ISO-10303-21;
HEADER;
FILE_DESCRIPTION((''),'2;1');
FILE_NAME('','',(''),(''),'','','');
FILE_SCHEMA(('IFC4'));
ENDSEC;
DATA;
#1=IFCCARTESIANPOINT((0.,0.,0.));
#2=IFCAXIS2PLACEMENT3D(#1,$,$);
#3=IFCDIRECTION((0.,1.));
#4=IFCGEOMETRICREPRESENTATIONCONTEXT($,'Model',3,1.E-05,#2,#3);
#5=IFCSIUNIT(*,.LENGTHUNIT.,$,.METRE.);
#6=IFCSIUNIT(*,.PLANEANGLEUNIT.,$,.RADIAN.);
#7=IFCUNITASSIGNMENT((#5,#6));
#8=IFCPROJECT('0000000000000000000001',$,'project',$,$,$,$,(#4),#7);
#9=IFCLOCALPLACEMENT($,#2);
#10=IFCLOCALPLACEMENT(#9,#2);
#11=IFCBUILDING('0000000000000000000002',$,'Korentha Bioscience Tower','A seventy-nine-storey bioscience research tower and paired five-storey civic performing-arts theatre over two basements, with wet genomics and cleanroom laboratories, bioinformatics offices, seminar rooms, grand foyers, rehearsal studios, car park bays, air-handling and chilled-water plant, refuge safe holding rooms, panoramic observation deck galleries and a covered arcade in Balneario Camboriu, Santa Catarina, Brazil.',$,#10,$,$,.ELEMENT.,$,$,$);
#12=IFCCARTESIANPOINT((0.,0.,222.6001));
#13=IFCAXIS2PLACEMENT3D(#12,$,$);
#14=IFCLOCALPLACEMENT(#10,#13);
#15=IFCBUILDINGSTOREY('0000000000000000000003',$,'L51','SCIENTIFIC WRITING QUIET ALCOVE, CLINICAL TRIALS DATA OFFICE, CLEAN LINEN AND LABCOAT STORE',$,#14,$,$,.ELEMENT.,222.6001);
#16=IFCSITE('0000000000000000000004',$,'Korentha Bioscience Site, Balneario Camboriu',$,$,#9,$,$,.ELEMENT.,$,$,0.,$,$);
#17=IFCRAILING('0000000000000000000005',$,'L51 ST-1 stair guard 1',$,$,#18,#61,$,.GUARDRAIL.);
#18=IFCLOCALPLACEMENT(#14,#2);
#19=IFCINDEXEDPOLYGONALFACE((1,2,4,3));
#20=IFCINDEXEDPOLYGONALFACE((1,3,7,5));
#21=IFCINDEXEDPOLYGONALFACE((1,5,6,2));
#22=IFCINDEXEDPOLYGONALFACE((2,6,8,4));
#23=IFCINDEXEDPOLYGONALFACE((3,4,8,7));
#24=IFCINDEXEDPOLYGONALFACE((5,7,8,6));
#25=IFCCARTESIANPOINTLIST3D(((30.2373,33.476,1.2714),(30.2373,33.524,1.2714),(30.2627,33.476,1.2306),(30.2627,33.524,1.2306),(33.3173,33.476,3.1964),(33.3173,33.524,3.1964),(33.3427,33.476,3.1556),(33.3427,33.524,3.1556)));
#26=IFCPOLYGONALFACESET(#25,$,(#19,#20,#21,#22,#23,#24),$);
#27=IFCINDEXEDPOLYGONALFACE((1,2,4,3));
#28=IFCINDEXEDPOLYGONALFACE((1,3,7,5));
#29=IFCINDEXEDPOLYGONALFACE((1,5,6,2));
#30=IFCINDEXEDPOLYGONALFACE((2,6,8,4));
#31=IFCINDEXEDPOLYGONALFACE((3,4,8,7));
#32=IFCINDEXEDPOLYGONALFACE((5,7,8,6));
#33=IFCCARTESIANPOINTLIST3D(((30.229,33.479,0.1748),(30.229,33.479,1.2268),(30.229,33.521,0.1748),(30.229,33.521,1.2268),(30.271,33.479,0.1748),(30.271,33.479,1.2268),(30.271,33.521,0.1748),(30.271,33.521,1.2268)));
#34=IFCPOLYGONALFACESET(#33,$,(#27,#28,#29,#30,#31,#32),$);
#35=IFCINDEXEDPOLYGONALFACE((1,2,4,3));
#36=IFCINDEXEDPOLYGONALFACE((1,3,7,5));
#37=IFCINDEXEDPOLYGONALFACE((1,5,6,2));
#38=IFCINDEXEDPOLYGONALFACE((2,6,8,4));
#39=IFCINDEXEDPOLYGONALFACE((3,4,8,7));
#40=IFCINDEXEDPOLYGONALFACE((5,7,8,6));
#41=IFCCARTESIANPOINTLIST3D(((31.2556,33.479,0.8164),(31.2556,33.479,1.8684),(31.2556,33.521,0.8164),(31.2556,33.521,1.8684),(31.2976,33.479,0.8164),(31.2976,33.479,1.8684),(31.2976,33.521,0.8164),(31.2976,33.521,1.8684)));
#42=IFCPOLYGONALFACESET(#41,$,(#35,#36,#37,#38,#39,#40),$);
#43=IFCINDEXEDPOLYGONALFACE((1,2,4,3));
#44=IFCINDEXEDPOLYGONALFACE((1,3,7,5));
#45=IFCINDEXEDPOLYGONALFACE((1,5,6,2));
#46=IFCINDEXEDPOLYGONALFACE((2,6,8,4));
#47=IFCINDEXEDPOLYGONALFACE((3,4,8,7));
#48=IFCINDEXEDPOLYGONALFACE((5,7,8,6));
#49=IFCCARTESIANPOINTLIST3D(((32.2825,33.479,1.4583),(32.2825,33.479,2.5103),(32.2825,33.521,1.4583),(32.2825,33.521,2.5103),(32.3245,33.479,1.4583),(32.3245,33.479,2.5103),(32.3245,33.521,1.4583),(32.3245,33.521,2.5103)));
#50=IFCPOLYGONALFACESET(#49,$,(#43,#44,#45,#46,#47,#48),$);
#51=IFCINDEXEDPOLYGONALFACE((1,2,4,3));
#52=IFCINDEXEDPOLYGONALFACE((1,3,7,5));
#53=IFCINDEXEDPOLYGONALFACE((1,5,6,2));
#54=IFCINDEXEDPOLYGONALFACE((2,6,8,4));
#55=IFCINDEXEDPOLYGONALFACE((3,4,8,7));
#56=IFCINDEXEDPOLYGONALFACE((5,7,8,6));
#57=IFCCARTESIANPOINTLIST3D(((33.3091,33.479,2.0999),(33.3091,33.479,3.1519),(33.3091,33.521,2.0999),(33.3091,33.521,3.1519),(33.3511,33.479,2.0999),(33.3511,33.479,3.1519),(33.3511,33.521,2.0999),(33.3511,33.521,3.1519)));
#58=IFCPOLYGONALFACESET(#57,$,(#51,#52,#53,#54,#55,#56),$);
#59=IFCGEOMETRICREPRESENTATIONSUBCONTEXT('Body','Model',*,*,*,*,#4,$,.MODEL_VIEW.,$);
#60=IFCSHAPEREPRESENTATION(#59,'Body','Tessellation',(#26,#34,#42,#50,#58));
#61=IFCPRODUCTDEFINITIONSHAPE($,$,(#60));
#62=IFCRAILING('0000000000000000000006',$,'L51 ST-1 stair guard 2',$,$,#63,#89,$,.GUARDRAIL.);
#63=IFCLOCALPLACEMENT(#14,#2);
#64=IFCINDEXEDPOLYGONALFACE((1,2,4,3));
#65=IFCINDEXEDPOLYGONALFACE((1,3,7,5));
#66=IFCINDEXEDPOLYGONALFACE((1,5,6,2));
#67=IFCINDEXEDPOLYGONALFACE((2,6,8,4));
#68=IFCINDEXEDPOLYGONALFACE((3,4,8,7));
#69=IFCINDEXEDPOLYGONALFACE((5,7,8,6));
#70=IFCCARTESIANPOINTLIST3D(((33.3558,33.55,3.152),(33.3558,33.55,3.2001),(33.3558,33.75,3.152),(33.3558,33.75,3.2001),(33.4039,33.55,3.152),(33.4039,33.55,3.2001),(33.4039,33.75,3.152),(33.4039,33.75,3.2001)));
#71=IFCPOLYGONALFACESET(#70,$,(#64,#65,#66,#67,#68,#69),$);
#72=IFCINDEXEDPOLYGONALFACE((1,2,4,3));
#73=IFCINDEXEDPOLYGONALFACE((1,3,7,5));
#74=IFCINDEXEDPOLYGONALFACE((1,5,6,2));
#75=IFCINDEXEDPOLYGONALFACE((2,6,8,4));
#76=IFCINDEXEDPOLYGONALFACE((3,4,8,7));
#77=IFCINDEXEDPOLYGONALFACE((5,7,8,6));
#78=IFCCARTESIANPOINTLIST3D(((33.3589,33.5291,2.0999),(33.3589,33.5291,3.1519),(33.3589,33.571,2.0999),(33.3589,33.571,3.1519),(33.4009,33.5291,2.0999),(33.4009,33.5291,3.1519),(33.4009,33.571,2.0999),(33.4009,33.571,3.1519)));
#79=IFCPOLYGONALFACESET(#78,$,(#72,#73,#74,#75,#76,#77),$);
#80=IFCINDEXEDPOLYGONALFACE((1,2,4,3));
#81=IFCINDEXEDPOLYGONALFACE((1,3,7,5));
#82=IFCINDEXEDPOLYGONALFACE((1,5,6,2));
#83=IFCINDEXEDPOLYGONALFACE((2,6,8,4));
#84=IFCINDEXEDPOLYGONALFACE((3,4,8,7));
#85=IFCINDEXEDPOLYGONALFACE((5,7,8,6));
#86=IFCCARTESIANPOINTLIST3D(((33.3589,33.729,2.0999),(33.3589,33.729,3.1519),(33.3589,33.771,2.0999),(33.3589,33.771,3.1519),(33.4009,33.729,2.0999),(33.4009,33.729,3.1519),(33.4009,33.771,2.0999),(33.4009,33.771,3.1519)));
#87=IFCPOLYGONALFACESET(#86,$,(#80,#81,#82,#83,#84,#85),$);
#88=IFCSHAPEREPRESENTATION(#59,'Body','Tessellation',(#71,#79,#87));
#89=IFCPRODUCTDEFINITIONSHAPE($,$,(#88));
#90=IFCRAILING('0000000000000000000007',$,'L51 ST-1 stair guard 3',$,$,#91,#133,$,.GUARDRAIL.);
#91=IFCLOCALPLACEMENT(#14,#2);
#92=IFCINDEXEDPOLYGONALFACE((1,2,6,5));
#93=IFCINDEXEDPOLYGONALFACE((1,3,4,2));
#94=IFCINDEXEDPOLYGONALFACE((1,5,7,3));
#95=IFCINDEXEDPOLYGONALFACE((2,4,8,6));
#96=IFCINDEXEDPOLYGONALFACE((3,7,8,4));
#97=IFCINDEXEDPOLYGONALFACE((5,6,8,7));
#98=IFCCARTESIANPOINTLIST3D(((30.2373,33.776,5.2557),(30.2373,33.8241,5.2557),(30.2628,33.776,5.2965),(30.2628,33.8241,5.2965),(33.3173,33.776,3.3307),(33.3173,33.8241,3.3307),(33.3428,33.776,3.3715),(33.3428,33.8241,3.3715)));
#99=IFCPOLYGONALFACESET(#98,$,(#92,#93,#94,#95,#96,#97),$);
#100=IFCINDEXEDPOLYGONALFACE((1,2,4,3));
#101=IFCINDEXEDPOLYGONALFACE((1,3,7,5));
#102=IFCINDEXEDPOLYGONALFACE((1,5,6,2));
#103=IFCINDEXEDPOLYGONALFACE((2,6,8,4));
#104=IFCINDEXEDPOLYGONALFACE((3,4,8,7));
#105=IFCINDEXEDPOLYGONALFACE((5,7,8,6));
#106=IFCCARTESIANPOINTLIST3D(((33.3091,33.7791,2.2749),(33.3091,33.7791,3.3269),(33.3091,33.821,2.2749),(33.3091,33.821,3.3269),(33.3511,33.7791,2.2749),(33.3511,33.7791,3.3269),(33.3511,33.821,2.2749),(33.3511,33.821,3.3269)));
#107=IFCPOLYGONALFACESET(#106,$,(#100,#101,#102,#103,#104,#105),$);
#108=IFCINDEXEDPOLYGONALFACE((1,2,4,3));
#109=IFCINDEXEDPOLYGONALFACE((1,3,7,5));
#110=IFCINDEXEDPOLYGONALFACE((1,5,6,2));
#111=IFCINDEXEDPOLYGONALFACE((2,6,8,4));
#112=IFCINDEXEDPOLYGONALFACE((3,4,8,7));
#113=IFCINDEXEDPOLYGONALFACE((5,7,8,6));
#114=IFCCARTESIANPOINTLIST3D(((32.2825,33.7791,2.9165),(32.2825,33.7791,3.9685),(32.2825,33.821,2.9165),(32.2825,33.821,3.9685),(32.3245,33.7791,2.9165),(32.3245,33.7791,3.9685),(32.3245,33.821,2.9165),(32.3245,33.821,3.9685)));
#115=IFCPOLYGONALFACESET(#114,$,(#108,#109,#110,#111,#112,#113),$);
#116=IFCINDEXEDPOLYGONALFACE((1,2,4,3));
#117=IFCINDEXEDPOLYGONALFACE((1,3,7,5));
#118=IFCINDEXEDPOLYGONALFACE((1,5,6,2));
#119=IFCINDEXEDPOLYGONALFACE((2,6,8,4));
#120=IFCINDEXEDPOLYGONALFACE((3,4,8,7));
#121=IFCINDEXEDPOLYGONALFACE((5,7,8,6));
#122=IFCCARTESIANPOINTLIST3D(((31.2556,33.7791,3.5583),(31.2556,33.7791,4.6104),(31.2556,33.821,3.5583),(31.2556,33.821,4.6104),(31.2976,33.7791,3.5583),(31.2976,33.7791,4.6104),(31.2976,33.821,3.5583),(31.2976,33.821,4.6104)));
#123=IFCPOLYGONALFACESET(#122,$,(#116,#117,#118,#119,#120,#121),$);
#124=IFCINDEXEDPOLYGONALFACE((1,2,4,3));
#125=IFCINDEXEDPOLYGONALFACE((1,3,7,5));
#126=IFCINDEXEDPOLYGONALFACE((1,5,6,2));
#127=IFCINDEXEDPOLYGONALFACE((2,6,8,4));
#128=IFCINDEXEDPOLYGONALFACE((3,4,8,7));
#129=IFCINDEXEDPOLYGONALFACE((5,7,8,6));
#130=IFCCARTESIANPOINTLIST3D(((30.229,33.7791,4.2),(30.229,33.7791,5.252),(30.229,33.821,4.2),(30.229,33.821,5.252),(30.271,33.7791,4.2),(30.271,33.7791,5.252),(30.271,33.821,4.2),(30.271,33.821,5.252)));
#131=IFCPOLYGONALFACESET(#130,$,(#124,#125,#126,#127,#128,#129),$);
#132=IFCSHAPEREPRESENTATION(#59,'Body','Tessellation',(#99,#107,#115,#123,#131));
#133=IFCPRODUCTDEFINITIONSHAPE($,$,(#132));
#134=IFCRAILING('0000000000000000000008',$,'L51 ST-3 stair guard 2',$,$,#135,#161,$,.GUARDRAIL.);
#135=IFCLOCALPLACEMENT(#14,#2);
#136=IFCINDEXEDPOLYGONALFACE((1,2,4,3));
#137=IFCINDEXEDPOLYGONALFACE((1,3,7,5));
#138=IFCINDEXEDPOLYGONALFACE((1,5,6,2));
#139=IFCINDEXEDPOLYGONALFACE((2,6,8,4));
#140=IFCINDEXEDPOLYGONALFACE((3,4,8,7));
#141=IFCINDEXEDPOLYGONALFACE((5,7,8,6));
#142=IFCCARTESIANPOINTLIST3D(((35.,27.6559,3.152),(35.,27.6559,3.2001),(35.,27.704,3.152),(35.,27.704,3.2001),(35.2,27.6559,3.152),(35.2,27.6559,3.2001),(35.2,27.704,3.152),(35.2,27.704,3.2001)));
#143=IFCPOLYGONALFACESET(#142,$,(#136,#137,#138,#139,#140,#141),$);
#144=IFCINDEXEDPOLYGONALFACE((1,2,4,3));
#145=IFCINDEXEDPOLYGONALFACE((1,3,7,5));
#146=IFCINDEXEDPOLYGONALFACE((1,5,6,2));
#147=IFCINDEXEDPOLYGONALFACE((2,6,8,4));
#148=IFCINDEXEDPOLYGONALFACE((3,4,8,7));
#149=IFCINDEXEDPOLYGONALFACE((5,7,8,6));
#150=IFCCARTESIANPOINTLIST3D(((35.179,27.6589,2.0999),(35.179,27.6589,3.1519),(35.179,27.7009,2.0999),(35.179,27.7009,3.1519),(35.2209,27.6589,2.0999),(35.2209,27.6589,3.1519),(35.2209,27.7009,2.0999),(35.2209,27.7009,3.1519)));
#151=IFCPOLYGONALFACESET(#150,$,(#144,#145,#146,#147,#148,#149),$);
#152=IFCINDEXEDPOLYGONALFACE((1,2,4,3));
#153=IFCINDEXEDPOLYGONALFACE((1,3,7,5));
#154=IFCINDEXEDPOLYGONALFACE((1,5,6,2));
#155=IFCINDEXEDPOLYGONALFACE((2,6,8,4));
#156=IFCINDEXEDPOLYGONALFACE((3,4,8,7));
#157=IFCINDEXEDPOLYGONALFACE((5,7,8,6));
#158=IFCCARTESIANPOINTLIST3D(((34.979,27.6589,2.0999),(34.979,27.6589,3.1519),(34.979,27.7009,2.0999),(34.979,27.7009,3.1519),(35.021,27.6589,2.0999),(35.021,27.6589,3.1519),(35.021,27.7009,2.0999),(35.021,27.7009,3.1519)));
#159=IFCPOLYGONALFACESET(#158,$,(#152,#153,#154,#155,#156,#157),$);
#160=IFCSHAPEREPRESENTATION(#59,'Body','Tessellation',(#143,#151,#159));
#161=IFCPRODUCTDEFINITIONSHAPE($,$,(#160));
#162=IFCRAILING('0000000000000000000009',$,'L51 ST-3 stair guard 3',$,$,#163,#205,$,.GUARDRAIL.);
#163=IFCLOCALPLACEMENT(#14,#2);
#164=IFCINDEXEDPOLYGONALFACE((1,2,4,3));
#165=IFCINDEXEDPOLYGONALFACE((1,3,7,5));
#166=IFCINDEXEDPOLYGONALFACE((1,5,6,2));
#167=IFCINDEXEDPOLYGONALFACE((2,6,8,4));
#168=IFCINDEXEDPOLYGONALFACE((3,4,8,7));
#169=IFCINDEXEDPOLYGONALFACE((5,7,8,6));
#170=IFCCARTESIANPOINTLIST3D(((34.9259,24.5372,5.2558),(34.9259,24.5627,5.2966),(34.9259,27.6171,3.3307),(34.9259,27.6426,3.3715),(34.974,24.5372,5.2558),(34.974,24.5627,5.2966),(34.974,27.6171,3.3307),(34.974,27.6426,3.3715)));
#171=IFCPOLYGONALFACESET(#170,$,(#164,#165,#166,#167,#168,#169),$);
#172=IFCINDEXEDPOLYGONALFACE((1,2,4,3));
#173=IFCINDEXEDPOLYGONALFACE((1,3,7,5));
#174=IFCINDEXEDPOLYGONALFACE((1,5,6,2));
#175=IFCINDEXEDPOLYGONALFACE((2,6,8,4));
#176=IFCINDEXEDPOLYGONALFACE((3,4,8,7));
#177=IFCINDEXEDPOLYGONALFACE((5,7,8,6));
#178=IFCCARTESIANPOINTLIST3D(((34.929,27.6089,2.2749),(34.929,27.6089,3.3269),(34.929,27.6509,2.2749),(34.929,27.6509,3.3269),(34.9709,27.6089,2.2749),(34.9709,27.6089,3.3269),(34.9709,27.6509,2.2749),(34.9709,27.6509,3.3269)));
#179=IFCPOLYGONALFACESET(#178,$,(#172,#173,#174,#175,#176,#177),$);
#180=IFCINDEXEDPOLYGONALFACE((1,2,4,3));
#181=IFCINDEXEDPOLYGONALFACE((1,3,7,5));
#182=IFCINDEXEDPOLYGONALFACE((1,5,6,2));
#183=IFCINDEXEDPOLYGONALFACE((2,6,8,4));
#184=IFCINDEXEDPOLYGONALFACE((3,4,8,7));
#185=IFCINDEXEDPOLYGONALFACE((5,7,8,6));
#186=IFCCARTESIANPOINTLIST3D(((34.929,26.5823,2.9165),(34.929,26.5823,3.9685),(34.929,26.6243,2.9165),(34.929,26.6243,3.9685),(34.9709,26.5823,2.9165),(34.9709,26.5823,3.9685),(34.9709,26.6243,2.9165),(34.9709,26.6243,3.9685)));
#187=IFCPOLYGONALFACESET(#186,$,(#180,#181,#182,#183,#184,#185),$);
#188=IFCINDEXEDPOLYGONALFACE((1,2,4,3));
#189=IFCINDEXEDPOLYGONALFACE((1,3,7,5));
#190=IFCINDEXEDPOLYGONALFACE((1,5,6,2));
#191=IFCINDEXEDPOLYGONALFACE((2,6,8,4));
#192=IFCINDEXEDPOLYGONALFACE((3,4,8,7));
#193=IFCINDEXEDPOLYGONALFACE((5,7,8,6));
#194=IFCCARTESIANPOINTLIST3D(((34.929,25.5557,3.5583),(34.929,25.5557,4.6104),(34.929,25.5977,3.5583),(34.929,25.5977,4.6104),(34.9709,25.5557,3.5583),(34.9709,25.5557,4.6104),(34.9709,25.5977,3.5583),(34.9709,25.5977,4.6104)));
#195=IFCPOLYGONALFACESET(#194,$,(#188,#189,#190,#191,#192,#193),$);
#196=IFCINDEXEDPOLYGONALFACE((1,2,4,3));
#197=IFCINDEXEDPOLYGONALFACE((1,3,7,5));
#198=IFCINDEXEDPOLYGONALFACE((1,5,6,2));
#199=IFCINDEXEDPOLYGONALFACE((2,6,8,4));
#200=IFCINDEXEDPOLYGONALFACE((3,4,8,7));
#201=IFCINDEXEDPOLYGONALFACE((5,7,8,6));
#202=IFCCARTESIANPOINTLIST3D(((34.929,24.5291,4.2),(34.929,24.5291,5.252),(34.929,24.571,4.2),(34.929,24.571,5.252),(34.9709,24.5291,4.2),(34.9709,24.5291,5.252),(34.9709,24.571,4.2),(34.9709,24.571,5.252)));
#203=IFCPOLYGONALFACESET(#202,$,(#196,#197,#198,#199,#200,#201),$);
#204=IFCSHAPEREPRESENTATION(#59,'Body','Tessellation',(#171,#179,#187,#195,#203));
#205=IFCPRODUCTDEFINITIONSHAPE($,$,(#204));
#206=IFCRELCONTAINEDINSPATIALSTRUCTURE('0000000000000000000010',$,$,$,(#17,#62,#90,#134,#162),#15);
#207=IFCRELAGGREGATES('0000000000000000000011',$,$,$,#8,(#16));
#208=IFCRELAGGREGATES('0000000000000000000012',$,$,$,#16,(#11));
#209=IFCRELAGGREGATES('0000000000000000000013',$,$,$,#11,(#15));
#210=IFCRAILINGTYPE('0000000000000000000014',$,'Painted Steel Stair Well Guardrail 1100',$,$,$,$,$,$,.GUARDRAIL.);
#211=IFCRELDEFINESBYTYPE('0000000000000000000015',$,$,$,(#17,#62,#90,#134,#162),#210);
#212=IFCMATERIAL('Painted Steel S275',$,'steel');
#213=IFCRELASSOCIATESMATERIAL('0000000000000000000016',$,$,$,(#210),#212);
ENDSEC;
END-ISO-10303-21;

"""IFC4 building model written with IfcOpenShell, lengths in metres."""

from ifc_helpers import new_model, si_unit, direction, frame, origin, origin_2d, place, context, subcontext, project, spatial, rectangle, extrude, material, type_object, element, save


model = new_model("IFC4")

# Units and contexts
model_context = context("Model", 3, precision=1e-05, world=origin(), true_north=direction((0.0, 1.0)))
body_context = subcontext(model_context, "Body", "Model", "MODEL_VIEW")
ifc_project = project(units=[si_unit("LENGTHUNIT", "METRE"), si_unit("PLANEANGLEUNIT", "RADIAN")], contexts=[model_context])

# Site, building, storey
site_placement = place(None, origin())
site = spatial("IfcSite", under=ifc_project, at=site_placement, Name="Korentha Bioscience Site, Balneario Camboriu", CompositionType="ELEMENT", RefElevation=0.0)
building_placement = place(site_placement, origin())
building = spatial("IfcBuilding", under=site, at=building_placement, Name="Korentha Bioscience Tower", Description="A seventy-nine-storey bioscience research tower and paired five-storey civic performing-arts theatre over two basements, with wet genomics and cleanroom laboratories, bioinformatics offices, seminar rooms, grand foyers, rehearsal studios, car park bays, air-handling and chilled-water plant, refuge safe holding rooms, panoramic observation deck galleries and a covered arcade in Balneario Camboriu, Santa Catarina, Brazil.", CompositionType="ELEMENT")
storey_placement = place(building_placement, frame((0.0, 0.0, 222.6001)))
storey = spatial("IfcBuildingStorey", under=building, at=storey_placement, Name="L51", Description="SCIENTIFIC WRITING QUIET ALCOVE, CLINICAL TRIALS DATA OFFICE, CLEAN LINEN AND LABCOAT STORE", CompositionType="ELEMENT", Elevation=222.6001)

# Railings
ifc_material_1 = material(Name="Painted Steel S275", Category="steel")
railing_type_1 = type_object("IfcRailingType", Name="Painted Steel Stair Well Guardrail 1100", PredefinedType="GUARDRAIL", material=ifc_material_1)
railing_1_placement = place(storey_placement, frame((30.25, 33.5, 0.1748)))
element("IfcRailing", 1, at=railing_1_placement, inside=storey, type_object=railing_type_1, Name="L51 ST-1 stair guard 1", PredefinedType="GUARDRAIL", context=body_context, shape_type="SweptSolid", body=[
    extrude(rectangle(XDim=0.0481, YDim=0.0481, at=origin_2d()), frame((0.0, 0.0, 1.0762), z_axis=(0.847998, 0.0, 0.529999), x_axis=(0.0, 1.0, 0.0)), (0.0, 0.0, 1.0), 3.6321),
    extrude(rectangle(XDim=0.042, YDim=0.042, at=origin_2d()), origin(), (0.0, 0.0, 1.0), 1.052),
    extrude(rectangle(XDim=0.042, YDim=0.042, at=origin_2d()), frame((1.0266, 0.0, 0.6416)), (0.0, 0.0, 1.0), 1.052),
    extrude(rectangle(XDim=0.042, YDim=0.042, at=origin_2d()), frame((2.0535, 0.0, 1.2834)), (0.0, 0.0, 1.0), 1.052),
    extrude(rectangle(XDim=0.042, YDim=0.042, at=origin_2d()), frame((3.0801, 0.0, 1.925)), (0.0, 0.0, 1.0), 1.052),
])
railing_2_placement = place(storey_placement, frame((33.3799, 33.55, 2.0999)))
element("IfcRailing", 2, at=railing_2_placement, inside=storey, type_object=railing_type_1, Name="L51 ST-1 stair guard 2", PredefinedType="GUARDRAIL", context=body_context, shape_type="SweptSolid", body=[
    extrude(rectangle(XDim=0.0481, YDim=0.0481, at=origin_2d()), frame((0.0, 0.0, 1.0762), z_axis=(0.0, 1.0, 0.0), x_axis=(-1.0, 0.0, 0.0)), (0.0, 0.0, 1.0), 0.2),
    extrude(rectangle(XDim=0.042, YDim=0.042, at=origin_2d()), origin(), (0.0, 0.0, 1.0), 1.052),
    extrude(rectangle(XDim=0.042, YDim=0.042, at=origin_2d()), frame((0.0, 0.2, 0.0)), (0.0, 0.0, 1.0), 1.052),
])
railing_3_placement = place(storey_placement, frame((33.3301, 33.8, 2.2749)))
element("IfcRailing", 3, at=railing_3_placement, inside=storey, type_object=railing_type_1, Name="L51 ST-1 stair guard 3", PredefinedType="GUARDRAIL", context=body_context, shape_type="SweptSolid", body=[
    extrude(rectangle(XDim=0.0481, YDim=0.0481, at=origin_2d()), frame((0.0, 0.0, 1.0762), z_axis=(-0.847998, 0.0, 0.529999), x_axis=(0.0, -1.0, 0.0)), (0.0, 0.0, 1.0), 3.6321),
    extrude(rectangle(XDim=0.042, YDim=0.042, at=origin_2d()), origin(), (0.0, 0.0, 1.0), 1.052),
    extrude(rectangle(XDim=0.042, YDim=0.042, at=origin_2d()), frame((-1.0266, 0.0, 0.6416)), (0.0, 0.0, 1.0), 1.052),
    extrude(rectangle(XDim=0.042, YDim=0.042, at=origin_2d()), frame((-2.0535, 0.0, 1.2834)), (0.0, 0.0, 1.0), 1.052),
    extrude(rectangle(XDim=0.042, YDim=0.042, at=origin_2d()), frame((-3.0801, 0.0, 1.925)), (0.0, 0.0, 1.0), 1.052),
])
railing_4_placement = place(storey_placement, frame((35.2, 27.6799, 2.0999)))
element("IfcRailing", 4, at=railing_4_placement, inside=storey, type_object=railing_type_1, Name="L51 ST-3 stair guard 2", PredefinedType="GUARDRAIL", context=body_context, shape_type="SweptSolid", body=[
    extrude(rectangle(XDim=0.0481, YDim=0.0481, at=origin_2d()), frame((0.0, 0.0, 1.0762), z_axis=(-1.0, 0.0, 0.0), x_axis=(0.0, -1.0, 0.0)), (0.0, 0.0, 1.0), 0.2),
    extrude(rectangle(XDim=0.042, YDim=0.042, at=origin_2d()), origin(), (0.0, 0.0, 1.0), 1.052),
    extrude(rectangle(XDim=0.042, YDim=0.042, at=origin_2d()), frame((-0.2, 0.0, 0.0)), (0.0, 0.0, 1.0), 1.052),
])
railing_5_placement = place(storey_placement, frame((34.95, 27.6299, 2.2749)))
element("IfcRailing", 5, at=railing_5_placement, inside=storey, type_object=railing_type_1, Name="L51 ST-3 stair guard 3", PredefinedType="GUARDRAIL", context=body_context, shape_type="SweptSolid", body=[
    extrude(rectangle(XDim=0.0481, YDim=0.0481, at=origin_2d()), frame((0.0, 0.0, 1.0762), z_axis=(0.0, -0.847979, 0.530029), x_axis=(1.0, 0.0, 0.0)), (0.0, 0.0, 1.0), 3.6321),
    extrude(rectangle(XDim=0.042, YDim=0.042, at=origin_2d()), origin(), (0.0, 0.0, 1.0), 1.052),
    extrude(rectangle(XDim=0.042, YDim=0.042, at=origin_2d()), frame((0.0, -1.0266, 0.6416)), (0.0, 0.0, 1.0), 1.052),
    extrude(rectangle(XDim=0.042, YDim=0.042, at=origin_2d()), frame((0.0, -2.0532, 1.2834)), (0.0, 0.0, 1.0), 1.052),
    extrude(rectangle(XDim=0.042, YDim=0.042, at=origin_2d()), frame((0.0, -3.0798, 1.925)), (0.0, 0.0, 1.0), 1.052),
])

save(model, "model.ifc")
